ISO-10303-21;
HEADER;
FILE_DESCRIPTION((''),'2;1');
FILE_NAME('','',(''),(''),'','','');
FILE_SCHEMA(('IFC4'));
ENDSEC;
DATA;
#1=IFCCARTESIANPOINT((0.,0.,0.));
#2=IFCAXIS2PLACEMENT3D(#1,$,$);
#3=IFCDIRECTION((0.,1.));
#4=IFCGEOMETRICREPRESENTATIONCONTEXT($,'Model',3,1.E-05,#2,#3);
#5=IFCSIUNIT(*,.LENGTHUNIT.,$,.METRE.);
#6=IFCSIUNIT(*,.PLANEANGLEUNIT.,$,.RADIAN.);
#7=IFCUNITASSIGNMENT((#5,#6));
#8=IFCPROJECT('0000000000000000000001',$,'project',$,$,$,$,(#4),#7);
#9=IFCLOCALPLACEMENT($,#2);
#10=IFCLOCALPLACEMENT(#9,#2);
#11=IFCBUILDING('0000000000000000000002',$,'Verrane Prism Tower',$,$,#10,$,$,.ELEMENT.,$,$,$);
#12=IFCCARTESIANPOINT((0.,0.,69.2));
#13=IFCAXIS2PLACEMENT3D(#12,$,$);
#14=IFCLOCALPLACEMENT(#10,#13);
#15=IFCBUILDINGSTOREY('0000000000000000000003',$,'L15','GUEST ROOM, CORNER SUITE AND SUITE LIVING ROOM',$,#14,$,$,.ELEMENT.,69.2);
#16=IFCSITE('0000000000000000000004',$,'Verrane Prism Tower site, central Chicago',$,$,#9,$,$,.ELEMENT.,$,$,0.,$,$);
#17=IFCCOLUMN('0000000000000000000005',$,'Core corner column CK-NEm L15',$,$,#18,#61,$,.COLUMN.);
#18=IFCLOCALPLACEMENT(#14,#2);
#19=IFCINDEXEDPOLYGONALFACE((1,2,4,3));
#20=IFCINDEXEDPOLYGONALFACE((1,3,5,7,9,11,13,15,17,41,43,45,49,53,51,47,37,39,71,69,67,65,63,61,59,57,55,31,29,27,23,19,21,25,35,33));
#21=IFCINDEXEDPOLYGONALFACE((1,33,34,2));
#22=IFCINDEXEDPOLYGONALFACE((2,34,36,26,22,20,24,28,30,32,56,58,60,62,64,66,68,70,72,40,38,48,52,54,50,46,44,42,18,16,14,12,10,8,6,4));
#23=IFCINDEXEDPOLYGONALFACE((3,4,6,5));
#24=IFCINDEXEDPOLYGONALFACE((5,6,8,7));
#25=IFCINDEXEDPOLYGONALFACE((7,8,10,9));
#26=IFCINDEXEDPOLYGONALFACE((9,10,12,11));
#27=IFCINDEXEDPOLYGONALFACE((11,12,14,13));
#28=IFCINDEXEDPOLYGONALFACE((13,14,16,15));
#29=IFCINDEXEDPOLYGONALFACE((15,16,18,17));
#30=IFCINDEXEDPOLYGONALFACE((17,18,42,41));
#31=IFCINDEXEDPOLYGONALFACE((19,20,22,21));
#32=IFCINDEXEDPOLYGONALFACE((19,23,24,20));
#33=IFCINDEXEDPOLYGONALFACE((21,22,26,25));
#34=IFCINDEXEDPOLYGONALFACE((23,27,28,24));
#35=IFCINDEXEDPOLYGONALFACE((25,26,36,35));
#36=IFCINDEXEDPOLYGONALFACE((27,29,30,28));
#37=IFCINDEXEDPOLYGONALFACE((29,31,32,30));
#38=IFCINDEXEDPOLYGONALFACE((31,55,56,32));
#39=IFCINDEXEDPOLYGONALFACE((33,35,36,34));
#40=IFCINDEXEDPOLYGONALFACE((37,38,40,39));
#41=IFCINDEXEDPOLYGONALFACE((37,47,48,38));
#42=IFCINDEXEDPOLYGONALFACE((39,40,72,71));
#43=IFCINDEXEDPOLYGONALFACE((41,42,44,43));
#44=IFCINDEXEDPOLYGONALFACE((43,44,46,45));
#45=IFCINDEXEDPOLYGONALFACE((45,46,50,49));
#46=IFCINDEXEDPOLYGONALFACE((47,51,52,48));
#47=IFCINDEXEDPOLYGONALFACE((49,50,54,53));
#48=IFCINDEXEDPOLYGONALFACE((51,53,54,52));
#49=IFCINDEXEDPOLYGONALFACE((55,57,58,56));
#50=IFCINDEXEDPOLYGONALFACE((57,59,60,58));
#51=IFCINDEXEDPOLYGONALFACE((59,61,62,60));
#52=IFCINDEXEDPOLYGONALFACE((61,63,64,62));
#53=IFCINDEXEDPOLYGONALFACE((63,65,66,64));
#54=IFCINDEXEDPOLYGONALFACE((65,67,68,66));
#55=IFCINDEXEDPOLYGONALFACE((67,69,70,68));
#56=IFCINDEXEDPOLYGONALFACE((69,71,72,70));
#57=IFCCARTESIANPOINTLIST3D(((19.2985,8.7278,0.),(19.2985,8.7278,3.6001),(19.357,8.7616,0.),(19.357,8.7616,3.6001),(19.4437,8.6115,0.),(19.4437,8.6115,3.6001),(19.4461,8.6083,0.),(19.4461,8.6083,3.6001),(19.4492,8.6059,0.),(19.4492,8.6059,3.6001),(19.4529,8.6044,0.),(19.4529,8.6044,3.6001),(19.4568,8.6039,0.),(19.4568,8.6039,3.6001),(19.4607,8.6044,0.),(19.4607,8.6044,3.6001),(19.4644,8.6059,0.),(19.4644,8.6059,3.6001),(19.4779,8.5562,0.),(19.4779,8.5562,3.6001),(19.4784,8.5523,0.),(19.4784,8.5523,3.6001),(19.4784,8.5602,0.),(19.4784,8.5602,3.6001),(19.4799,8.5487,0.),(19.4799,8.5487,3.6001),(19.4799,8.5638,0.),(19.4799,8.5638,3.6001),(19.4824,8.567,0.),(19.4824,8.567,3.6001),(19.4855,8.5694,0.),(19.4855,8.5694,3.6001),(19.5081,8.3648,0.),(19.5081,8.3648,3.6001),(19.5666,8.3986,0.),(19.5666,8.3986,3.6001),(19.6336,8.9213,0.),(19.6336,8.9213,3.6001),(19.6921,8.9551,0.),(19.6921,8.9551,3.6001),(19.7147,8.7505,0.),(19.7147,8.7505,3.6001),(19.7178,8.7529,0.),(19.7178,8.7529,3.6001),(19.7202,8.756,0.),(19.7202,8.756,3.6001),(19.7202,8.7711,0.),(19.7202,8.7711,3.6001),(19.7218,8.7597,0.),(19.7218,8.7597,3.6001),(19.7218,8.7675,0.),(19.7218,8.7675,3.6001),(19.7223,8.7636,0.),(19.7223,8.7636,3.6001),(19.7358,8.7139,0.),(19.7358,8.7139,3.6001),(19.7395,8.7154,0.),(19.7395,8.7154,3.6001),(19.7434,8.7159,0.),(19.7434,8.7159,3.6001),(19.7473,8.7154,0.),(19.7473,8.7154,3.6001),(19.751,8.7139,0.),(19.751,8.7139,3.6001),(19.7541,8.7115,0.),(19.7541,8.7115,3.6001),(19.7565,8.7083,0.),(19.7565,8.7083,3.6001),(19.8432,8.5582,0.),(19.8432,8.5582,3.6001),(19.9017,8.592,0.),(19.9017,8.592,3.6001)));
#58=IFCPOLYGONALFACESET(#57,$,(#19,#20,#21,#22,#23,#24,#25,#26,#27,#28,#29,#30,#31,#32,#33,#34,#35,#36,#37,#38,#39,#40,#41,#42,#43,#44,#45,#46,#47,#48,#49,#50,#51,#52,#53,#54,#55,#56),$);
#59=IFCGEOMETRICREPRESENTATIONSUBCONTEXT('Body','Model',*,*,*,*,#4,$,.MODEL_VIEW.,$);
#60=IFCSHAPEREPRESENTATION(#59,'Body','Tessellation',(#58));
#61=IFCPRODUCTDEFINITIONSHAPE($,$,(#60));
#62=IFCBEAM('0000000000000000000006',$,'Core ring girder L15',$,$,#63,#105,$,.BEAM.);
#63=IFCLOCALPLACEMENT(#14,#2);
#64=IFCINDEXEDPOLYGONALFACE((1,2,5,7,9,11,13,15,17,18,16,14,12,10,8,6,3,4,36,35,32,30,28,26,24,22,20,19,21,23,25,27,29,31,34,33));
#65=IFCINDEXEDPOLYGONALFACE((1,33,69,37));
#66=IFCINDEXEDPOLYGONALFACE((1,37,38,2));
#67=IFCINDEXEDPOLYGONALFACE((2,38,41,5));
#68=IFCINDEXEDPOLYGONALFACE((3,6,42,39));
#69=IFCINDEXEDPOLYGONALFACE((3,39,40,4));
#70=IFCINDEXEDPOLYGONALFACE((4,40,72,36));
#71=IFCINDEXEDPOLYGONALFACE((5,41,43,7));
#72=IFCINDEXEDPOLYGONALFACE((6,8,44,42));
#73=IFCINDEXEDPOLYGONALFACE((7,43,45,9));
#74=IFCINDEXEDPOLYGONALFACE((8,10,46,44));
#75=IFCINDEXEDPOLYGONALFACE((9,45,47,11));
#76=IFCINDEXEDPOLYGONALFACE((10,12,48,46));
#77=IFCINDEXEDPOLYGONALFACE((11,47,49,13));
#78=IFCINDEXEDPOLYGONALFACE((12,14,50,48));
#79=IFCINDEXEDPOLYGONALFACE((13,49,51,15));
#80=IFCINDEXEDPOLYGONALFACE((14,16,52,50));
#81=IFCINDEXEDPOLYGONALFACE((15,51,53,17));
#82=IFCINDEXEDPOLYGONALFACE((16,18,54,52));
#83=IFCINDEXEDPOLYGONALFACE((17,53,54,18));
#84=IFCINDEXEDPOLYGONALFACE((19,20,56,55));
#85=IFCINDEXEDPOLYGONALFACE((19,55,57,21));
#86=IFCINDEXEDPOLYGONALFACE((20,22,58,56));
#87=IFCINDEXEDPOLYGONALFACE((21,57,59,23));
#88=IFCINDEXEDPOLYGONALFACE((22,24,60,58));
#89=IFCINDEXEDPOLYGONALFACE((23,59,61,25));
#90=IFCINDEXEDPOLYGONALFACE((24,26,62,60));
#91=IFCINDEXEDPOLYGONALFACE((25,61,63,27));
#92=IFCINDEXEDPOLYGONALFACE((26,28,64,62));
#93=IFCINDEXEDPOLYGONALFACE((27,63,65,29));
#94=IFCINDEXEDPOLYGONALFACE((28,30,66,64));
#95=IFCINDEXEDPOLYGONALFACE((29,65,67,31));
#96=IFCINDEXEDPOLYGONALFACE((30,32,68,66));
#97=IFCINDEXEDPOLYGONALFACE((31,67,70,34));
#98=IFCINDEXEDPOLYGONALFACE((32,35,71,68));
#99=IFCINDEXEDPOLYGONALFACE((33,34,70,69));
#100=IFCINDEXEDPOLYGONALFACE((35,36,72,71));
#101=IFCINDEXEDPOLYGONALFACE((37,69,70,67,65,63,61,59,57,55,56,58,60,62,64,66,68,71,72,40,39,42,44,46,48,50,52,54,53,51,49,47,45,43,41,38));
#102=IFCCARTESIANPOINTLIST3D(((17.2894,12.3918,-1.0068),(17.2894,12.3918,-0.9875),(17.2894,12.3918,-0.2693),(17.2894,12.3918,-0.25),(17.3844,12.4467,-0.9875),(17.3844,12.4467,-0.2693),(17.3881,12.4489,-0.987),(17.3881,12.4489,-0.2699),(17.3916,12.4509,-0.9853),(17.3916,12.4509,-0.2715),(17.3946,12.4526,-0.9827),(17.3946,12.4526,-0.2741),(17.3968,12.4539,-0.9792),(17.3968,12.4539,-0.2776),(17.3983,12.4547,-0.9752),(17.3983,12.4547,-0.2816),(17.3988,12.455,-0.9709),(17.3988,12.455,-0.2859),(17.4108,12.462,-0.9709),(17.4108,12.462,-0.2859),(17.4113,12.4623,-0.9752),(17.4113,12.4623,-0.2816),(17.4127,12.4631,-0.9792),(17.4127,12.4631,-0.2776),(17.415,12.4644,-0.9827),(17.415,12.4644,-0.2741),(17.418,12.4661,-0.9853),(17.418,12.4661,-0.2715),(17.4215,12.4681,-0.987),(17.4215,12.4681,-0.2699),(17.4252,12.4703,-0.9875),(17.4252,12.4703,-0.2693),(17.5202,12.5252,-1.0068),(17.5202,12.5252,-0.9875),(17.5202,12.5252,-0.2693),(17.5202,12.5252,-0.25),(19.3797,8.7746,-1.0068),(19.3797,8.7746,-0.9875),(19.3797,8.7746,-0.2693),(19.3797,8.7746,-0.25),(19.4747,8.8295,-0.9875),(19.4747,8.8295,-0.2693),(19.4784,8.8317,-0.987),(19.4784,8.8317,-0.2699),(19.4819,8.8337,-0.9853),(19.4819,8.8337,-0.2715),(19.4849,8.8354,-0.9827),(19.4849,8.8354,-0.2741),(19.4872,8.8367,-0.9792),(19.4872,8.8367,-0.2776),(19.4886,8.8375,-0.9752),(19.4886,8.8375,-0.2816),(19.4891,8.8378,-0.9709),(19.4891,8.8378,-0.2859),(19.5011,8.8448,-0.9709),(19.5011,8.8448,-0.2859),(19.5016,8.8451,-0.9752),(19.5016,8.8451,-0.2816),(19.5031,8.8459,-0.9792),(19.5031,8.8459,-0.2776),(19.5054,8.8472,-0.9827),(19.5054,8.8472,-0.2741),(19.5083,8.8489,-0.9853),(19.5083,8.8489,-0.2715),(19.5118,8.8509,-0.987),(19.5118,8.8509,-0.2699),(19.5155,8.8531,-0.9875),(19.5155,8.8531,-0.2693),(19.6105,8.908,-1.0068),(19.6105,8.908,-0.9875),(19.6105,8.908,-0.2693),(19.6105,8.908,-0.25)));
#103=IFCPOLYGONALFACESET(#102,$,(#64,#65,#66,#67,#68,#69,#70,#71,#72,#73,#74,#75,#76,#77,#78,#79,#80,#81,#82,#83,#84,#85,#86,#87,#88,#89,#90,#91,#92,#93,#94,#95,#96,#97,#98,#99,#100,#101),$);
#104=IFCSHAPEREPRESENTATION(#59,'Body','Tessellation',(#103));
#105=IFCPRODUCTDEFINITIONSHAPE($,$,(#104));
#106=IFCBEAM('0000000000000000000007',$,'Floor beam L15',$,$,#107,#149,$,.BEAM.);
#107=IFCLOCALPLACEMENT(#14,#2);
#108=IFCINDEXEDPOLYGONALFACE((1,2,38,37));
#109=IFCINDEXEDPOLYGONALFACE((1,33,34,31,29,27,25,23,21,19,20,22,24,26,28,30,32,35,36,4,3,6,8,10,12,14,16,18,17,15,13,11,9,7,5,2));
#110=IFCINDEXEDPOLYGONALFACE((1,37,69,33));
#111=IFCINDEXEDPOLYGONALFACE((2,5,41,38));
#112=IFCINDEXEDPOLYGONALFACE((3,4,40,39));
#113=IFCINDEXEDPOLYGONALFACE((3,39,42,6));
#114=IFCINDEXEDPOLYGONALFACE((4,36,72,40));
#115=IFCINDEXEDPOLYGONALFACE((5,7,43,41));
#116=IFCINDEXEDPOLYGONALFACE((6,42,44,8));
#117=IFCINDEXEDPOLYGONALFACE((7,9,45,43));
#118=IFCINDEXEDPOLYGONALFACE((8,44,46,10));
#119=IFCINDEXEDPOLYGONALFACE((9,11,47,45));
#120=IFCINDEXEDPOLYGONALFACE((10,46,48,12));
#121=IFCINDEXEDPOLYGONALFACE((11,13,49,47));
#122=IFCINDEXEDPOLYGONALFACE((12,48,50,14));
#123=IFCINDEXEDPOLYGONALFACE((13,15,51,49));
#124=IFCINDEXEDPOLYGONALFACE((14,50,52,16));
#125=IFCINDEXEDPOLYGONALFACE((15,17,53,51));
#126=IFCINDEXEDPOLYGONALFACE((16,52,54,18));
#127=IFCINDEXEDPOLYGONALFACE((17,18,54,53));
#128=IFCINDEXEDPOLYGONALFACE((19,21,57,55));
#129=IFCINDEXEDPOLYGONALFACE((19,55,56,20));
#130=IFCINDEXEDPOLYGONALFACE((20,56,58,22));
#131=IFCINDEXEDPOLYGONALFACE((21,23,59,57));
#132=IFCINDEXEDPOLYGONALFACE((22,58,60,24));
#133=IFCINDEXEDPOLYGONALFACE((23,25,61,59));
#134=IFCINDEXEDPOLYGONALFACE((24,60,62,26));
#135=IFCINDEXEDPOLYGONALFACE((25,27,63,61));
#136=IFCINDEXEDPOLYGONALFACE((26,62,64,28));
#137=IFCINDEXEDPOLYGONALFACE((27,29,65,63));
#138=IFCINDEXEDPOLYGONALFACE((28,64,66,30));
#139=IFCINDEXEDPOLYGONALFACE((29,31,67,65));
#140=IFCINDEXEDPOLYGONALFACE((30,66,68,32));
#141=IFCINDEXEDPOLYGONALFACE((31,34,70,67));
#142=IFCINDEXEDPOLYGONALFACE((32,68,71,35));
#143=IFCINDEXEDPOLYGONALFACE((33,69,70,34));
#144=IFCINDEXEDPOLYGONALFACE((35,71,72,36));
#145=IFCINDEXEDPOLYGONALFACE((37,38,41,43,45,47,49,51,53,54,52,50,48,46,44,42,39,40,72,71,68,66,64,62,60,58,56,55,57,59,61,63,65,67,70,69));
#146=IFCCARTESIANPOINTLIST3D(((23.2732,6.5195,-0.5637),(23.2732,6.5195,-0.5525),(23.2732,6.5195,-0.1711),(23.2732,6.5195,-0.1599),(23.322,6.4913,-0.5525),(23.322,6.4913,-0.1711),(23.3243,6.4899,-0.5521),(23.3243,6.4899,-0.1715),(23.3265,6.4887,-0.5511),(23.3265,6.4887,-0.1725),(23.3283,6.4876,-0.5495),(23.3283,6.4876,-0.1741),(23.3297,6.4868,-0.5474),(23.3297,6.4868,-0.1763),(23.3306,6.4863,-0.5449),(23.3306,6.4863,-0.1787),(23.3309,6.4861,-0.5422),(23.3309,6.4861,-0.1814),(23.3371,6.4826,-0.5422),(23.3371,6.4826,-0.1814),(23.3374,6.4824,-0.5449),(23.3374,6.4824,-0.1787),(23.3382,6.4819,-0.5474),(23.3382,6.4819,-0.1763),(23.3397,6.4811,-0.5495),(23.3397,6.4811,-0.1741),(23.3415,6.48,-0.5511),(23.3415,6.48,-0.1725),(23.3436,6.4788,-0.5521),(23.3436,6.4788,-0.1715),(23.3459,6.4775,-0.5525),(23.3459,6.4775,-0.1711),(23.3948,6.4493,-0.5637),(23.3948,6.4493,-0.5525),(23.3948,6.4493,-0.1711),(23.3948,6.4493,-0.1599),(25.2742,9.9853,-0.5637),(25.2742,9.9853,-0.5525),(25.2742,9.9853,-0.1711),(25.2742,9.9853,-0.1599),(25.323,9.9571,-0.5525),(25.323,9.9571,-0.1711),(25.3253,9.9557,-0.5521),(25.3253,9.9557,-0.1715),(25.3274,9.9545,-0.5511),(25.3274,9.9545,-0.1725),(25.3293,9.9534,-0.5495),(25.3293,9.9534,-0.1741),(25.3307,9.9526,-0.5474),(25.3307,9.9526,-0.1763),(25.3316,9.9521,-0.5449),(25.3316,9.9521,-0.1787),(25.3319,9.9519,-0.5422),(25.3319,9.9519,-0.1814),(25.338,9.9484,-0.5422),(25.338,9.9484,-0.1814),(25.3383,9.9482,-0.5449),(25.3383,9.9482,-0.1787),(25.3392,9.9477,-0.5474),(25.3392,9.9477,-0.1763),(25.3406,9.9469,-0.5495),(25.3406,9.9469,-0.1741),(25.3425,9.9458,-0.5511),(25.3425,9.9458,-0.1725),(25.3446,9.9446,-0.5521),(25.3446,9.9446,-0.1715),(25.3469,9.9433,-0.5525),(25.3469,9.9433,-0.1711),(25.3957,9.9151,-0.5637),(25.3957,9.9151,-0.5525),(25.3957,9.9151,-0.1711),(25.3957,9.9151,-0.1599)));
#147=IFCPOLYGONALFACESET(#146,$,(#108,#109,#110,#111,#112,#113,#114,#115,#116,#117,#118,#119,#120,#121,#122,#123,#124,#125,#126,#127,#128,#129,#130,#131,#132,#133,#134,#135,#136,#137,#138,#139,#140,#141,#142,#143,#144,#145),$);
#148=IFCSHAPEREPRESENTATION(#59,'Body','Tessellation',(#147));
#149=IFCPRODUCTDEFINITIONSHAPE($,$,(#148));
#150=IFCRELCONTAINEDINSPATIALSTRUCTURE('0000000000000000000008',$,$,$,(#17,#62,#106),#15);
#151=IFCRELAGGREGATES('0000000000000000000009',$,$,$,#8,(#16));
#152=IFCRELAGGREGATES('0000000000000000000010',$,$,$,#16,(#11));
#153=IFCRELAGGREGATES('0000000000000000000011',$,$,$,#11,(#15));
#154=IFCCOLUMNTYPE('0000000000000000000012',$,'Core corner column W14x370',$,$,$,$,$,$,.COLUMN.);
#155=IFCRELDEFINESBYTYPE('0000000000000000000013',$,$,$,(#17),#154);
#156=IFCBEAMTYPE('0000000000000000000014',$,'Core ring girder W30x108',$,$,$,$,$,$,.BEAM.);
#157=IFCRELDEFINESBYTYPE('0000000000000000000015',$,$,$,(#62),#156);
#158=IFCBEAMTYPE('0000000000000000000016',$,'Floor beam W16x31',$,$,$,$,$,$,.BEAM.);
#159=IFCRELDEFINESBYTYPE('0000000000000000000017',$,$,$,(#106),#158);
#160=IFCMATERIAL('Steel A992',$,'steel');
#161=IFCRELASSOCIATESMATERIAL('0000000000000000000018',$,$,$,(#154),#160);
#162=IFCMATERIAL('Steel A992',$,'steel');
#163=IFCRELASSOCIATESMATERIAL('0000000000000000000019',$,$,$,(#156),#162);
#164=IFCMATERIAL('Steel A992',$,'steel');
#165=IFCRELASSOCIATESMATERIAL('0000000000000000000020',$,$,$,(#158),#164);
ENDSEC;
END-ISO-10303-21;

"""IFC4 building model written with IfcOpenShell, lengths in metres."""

from ifc_helpers import new_model, si_unit, direction, frame, origin, origin_2d, place, context, subcontext, project, spatial, i_section, extrude, material, material_profile, profile_set, type_object, element, save


model = new_model("IFC4")

# Units and contexts
model_context = context("Model", 3, precision=1e-05, world=origin(), true_north=direction((0.0, 1.0)))
body_context = subcontext(model_context, "Body", "Model", "MODEL_VIEW")
ifc_project = project(units=[si_unit("LENGTHUNIT", "METRE"), si_unit("PLANEANGLEUNIT", "RADIAN")], contexts=[model_context])

# Site, building, storey
site_placement = place(None, origin())
site = spatial("IfcSite", under=ifc_project, at=site_placement, Name="Verrane Prism Tower site, central Chicago", CompositionType="ELEMENT", RefElevation=0.0)
building_placement = place(site_placement, origin())
building = spatial("IfcBuilding", under=site, at=building_placement, Name="Verrane Prism Tower", CompositionType="ELEMENT")
storey_placement = place(building_placement, frame((0.0, 0.0, 69.2)))
storey = spatial("IfcBuildingStorey", under=building, at=storey_placement, Name="L15", Description="GUEST ROOM, CORNER SUITE AND SUITE LIVING ROOM", CompositionType="ELEMENT", Elevation=69.2)

# Column
ifc_material_1 = material(Name="Steel A992", Category="steel")
ifc_material_profile_1 = material_profile(ifc_material_1, i_section(OverallWidth=0.4192, OverallDepth=0.4546, WebThickness=0.0422, FlangeThickness=0.0676, FilletRadius=0.0151, at=origin_2d()), Name="W14x370")
ifc_profile_set_1 = profile_set([ifc_material_profile_1], Name="Steel A992")
column_type = type_object("IfcColumnType", Name="Core corner column W14x370", PredefinedType="COLUMN", material=ifc_profile_set_1)
column_placement = place(storey_placement, frame((19.6001, 8.6599, 0.0), z_axis=(0.0, 0.0, 1.0), x_axis=(0.5, -0.866025, 0.0)))
element("IfcColumn", 1, at=column_placement, inside=storey, type_object=column_type, Name="Core corner column CK-NEm L15", PredefinedType="COLUMN", context=body_context, shape_type="SweptSolid", body=[
    extrude(i_section(OverallWidth=0.4192, OverallDepth=0.4546, WebThickness=0.0422, FlangeThickness=0.0676, FilletRadius=0.0151, at=origin_2d()), origin(), (0.0, 0.0, 1.0), 3.6001),
])

# Beams
ifc_material_2 = material(Name="Steel A992", Category="steel")
ifc_material_profile_2 = material_profile(ifc_material_2, i_section(OverallWidth=0.2666, OverallDepth=0.7568, WebThickness=0.0139, FlangeThickness=0.0193, FilletRadius=0.0166, at=origin_2d()), Name="W30x108")
ifc_profile_set_2 = profile_set([ifc_material_profile_2], Name="Steel A992")
beam_type_1 = type_object("IfcBeamType", Name="Core ring girder W30x108", PredefinedType="BEAM", material=ifc_profile_set_2)
beam_1_placement = place(storey_placement, frame((19.4951, 8.8413, -0.6284), z_axis=(-0.50035, 0.865823, 0.0), x_axis=(-0.865823, -0.50035, 0.0)))
element("IfcBeam", 2, at=beam_1_placement, inside=storey, type_object=beam_type_1, Name="Core ring girder L15", PredefinedType="BEAM", context=body_context, shape_type="SweptSolid", body=[
    extrude(i_section(OverallWidth=0.2666, OverallDepth=0.7568, WebThickness=0.0139, FlangeThickness=0.0193, FilletRadius=0.0166, at=origin_2d()), origin(), (0.0, 0.0, 1.0), 4.1777),
])
ifc_material_3 = material(Name="Steel A992", Category="steel")
ifc_material_profile_3 = material_profile(ifc_material_3, i_section(OverallWidth=0.1404, OverallDepth=0.4038, WebThickness=0.0071, FlangeThickness=0.0112, FilletRadius=0.0103, at=origin_2d()), Name="W16x31")
ifc_profile_set_3 = profile_set([ifc_material_profile_3], Name="Steel A992")
beam_type_2 = type_object("IfcBeamType", Name="Floor beam W16x31", PredefinedType="BEAM", material=ifc_profile_set_3)
beam_2_placement = place(storey_placement, frame((23.334, 6.4844, -0.3618), z_axis=(0.499997, 0.866027, 0.0), x_axis=(-0.866027, 0.499997, 0.0)))
element("IfcBeam", 3, at=beam_2_placement, inside=storey, type_object=beam_type_2, Name="Floor beam L15", PredefinedType="BEAM", context=body_context, shape_type="SweptSolid", body=[
    extrude(i_section(OverallWidth=0.1404, OverallDepth=0.4038, WebThickness=0.0071, FlangeThickness=0.0112, FilletRadius=0.0103, at=origin_2d()), origin(), (0.0, 0.0, 1.0), 4.002),
])

save(model, "model.ifc")
